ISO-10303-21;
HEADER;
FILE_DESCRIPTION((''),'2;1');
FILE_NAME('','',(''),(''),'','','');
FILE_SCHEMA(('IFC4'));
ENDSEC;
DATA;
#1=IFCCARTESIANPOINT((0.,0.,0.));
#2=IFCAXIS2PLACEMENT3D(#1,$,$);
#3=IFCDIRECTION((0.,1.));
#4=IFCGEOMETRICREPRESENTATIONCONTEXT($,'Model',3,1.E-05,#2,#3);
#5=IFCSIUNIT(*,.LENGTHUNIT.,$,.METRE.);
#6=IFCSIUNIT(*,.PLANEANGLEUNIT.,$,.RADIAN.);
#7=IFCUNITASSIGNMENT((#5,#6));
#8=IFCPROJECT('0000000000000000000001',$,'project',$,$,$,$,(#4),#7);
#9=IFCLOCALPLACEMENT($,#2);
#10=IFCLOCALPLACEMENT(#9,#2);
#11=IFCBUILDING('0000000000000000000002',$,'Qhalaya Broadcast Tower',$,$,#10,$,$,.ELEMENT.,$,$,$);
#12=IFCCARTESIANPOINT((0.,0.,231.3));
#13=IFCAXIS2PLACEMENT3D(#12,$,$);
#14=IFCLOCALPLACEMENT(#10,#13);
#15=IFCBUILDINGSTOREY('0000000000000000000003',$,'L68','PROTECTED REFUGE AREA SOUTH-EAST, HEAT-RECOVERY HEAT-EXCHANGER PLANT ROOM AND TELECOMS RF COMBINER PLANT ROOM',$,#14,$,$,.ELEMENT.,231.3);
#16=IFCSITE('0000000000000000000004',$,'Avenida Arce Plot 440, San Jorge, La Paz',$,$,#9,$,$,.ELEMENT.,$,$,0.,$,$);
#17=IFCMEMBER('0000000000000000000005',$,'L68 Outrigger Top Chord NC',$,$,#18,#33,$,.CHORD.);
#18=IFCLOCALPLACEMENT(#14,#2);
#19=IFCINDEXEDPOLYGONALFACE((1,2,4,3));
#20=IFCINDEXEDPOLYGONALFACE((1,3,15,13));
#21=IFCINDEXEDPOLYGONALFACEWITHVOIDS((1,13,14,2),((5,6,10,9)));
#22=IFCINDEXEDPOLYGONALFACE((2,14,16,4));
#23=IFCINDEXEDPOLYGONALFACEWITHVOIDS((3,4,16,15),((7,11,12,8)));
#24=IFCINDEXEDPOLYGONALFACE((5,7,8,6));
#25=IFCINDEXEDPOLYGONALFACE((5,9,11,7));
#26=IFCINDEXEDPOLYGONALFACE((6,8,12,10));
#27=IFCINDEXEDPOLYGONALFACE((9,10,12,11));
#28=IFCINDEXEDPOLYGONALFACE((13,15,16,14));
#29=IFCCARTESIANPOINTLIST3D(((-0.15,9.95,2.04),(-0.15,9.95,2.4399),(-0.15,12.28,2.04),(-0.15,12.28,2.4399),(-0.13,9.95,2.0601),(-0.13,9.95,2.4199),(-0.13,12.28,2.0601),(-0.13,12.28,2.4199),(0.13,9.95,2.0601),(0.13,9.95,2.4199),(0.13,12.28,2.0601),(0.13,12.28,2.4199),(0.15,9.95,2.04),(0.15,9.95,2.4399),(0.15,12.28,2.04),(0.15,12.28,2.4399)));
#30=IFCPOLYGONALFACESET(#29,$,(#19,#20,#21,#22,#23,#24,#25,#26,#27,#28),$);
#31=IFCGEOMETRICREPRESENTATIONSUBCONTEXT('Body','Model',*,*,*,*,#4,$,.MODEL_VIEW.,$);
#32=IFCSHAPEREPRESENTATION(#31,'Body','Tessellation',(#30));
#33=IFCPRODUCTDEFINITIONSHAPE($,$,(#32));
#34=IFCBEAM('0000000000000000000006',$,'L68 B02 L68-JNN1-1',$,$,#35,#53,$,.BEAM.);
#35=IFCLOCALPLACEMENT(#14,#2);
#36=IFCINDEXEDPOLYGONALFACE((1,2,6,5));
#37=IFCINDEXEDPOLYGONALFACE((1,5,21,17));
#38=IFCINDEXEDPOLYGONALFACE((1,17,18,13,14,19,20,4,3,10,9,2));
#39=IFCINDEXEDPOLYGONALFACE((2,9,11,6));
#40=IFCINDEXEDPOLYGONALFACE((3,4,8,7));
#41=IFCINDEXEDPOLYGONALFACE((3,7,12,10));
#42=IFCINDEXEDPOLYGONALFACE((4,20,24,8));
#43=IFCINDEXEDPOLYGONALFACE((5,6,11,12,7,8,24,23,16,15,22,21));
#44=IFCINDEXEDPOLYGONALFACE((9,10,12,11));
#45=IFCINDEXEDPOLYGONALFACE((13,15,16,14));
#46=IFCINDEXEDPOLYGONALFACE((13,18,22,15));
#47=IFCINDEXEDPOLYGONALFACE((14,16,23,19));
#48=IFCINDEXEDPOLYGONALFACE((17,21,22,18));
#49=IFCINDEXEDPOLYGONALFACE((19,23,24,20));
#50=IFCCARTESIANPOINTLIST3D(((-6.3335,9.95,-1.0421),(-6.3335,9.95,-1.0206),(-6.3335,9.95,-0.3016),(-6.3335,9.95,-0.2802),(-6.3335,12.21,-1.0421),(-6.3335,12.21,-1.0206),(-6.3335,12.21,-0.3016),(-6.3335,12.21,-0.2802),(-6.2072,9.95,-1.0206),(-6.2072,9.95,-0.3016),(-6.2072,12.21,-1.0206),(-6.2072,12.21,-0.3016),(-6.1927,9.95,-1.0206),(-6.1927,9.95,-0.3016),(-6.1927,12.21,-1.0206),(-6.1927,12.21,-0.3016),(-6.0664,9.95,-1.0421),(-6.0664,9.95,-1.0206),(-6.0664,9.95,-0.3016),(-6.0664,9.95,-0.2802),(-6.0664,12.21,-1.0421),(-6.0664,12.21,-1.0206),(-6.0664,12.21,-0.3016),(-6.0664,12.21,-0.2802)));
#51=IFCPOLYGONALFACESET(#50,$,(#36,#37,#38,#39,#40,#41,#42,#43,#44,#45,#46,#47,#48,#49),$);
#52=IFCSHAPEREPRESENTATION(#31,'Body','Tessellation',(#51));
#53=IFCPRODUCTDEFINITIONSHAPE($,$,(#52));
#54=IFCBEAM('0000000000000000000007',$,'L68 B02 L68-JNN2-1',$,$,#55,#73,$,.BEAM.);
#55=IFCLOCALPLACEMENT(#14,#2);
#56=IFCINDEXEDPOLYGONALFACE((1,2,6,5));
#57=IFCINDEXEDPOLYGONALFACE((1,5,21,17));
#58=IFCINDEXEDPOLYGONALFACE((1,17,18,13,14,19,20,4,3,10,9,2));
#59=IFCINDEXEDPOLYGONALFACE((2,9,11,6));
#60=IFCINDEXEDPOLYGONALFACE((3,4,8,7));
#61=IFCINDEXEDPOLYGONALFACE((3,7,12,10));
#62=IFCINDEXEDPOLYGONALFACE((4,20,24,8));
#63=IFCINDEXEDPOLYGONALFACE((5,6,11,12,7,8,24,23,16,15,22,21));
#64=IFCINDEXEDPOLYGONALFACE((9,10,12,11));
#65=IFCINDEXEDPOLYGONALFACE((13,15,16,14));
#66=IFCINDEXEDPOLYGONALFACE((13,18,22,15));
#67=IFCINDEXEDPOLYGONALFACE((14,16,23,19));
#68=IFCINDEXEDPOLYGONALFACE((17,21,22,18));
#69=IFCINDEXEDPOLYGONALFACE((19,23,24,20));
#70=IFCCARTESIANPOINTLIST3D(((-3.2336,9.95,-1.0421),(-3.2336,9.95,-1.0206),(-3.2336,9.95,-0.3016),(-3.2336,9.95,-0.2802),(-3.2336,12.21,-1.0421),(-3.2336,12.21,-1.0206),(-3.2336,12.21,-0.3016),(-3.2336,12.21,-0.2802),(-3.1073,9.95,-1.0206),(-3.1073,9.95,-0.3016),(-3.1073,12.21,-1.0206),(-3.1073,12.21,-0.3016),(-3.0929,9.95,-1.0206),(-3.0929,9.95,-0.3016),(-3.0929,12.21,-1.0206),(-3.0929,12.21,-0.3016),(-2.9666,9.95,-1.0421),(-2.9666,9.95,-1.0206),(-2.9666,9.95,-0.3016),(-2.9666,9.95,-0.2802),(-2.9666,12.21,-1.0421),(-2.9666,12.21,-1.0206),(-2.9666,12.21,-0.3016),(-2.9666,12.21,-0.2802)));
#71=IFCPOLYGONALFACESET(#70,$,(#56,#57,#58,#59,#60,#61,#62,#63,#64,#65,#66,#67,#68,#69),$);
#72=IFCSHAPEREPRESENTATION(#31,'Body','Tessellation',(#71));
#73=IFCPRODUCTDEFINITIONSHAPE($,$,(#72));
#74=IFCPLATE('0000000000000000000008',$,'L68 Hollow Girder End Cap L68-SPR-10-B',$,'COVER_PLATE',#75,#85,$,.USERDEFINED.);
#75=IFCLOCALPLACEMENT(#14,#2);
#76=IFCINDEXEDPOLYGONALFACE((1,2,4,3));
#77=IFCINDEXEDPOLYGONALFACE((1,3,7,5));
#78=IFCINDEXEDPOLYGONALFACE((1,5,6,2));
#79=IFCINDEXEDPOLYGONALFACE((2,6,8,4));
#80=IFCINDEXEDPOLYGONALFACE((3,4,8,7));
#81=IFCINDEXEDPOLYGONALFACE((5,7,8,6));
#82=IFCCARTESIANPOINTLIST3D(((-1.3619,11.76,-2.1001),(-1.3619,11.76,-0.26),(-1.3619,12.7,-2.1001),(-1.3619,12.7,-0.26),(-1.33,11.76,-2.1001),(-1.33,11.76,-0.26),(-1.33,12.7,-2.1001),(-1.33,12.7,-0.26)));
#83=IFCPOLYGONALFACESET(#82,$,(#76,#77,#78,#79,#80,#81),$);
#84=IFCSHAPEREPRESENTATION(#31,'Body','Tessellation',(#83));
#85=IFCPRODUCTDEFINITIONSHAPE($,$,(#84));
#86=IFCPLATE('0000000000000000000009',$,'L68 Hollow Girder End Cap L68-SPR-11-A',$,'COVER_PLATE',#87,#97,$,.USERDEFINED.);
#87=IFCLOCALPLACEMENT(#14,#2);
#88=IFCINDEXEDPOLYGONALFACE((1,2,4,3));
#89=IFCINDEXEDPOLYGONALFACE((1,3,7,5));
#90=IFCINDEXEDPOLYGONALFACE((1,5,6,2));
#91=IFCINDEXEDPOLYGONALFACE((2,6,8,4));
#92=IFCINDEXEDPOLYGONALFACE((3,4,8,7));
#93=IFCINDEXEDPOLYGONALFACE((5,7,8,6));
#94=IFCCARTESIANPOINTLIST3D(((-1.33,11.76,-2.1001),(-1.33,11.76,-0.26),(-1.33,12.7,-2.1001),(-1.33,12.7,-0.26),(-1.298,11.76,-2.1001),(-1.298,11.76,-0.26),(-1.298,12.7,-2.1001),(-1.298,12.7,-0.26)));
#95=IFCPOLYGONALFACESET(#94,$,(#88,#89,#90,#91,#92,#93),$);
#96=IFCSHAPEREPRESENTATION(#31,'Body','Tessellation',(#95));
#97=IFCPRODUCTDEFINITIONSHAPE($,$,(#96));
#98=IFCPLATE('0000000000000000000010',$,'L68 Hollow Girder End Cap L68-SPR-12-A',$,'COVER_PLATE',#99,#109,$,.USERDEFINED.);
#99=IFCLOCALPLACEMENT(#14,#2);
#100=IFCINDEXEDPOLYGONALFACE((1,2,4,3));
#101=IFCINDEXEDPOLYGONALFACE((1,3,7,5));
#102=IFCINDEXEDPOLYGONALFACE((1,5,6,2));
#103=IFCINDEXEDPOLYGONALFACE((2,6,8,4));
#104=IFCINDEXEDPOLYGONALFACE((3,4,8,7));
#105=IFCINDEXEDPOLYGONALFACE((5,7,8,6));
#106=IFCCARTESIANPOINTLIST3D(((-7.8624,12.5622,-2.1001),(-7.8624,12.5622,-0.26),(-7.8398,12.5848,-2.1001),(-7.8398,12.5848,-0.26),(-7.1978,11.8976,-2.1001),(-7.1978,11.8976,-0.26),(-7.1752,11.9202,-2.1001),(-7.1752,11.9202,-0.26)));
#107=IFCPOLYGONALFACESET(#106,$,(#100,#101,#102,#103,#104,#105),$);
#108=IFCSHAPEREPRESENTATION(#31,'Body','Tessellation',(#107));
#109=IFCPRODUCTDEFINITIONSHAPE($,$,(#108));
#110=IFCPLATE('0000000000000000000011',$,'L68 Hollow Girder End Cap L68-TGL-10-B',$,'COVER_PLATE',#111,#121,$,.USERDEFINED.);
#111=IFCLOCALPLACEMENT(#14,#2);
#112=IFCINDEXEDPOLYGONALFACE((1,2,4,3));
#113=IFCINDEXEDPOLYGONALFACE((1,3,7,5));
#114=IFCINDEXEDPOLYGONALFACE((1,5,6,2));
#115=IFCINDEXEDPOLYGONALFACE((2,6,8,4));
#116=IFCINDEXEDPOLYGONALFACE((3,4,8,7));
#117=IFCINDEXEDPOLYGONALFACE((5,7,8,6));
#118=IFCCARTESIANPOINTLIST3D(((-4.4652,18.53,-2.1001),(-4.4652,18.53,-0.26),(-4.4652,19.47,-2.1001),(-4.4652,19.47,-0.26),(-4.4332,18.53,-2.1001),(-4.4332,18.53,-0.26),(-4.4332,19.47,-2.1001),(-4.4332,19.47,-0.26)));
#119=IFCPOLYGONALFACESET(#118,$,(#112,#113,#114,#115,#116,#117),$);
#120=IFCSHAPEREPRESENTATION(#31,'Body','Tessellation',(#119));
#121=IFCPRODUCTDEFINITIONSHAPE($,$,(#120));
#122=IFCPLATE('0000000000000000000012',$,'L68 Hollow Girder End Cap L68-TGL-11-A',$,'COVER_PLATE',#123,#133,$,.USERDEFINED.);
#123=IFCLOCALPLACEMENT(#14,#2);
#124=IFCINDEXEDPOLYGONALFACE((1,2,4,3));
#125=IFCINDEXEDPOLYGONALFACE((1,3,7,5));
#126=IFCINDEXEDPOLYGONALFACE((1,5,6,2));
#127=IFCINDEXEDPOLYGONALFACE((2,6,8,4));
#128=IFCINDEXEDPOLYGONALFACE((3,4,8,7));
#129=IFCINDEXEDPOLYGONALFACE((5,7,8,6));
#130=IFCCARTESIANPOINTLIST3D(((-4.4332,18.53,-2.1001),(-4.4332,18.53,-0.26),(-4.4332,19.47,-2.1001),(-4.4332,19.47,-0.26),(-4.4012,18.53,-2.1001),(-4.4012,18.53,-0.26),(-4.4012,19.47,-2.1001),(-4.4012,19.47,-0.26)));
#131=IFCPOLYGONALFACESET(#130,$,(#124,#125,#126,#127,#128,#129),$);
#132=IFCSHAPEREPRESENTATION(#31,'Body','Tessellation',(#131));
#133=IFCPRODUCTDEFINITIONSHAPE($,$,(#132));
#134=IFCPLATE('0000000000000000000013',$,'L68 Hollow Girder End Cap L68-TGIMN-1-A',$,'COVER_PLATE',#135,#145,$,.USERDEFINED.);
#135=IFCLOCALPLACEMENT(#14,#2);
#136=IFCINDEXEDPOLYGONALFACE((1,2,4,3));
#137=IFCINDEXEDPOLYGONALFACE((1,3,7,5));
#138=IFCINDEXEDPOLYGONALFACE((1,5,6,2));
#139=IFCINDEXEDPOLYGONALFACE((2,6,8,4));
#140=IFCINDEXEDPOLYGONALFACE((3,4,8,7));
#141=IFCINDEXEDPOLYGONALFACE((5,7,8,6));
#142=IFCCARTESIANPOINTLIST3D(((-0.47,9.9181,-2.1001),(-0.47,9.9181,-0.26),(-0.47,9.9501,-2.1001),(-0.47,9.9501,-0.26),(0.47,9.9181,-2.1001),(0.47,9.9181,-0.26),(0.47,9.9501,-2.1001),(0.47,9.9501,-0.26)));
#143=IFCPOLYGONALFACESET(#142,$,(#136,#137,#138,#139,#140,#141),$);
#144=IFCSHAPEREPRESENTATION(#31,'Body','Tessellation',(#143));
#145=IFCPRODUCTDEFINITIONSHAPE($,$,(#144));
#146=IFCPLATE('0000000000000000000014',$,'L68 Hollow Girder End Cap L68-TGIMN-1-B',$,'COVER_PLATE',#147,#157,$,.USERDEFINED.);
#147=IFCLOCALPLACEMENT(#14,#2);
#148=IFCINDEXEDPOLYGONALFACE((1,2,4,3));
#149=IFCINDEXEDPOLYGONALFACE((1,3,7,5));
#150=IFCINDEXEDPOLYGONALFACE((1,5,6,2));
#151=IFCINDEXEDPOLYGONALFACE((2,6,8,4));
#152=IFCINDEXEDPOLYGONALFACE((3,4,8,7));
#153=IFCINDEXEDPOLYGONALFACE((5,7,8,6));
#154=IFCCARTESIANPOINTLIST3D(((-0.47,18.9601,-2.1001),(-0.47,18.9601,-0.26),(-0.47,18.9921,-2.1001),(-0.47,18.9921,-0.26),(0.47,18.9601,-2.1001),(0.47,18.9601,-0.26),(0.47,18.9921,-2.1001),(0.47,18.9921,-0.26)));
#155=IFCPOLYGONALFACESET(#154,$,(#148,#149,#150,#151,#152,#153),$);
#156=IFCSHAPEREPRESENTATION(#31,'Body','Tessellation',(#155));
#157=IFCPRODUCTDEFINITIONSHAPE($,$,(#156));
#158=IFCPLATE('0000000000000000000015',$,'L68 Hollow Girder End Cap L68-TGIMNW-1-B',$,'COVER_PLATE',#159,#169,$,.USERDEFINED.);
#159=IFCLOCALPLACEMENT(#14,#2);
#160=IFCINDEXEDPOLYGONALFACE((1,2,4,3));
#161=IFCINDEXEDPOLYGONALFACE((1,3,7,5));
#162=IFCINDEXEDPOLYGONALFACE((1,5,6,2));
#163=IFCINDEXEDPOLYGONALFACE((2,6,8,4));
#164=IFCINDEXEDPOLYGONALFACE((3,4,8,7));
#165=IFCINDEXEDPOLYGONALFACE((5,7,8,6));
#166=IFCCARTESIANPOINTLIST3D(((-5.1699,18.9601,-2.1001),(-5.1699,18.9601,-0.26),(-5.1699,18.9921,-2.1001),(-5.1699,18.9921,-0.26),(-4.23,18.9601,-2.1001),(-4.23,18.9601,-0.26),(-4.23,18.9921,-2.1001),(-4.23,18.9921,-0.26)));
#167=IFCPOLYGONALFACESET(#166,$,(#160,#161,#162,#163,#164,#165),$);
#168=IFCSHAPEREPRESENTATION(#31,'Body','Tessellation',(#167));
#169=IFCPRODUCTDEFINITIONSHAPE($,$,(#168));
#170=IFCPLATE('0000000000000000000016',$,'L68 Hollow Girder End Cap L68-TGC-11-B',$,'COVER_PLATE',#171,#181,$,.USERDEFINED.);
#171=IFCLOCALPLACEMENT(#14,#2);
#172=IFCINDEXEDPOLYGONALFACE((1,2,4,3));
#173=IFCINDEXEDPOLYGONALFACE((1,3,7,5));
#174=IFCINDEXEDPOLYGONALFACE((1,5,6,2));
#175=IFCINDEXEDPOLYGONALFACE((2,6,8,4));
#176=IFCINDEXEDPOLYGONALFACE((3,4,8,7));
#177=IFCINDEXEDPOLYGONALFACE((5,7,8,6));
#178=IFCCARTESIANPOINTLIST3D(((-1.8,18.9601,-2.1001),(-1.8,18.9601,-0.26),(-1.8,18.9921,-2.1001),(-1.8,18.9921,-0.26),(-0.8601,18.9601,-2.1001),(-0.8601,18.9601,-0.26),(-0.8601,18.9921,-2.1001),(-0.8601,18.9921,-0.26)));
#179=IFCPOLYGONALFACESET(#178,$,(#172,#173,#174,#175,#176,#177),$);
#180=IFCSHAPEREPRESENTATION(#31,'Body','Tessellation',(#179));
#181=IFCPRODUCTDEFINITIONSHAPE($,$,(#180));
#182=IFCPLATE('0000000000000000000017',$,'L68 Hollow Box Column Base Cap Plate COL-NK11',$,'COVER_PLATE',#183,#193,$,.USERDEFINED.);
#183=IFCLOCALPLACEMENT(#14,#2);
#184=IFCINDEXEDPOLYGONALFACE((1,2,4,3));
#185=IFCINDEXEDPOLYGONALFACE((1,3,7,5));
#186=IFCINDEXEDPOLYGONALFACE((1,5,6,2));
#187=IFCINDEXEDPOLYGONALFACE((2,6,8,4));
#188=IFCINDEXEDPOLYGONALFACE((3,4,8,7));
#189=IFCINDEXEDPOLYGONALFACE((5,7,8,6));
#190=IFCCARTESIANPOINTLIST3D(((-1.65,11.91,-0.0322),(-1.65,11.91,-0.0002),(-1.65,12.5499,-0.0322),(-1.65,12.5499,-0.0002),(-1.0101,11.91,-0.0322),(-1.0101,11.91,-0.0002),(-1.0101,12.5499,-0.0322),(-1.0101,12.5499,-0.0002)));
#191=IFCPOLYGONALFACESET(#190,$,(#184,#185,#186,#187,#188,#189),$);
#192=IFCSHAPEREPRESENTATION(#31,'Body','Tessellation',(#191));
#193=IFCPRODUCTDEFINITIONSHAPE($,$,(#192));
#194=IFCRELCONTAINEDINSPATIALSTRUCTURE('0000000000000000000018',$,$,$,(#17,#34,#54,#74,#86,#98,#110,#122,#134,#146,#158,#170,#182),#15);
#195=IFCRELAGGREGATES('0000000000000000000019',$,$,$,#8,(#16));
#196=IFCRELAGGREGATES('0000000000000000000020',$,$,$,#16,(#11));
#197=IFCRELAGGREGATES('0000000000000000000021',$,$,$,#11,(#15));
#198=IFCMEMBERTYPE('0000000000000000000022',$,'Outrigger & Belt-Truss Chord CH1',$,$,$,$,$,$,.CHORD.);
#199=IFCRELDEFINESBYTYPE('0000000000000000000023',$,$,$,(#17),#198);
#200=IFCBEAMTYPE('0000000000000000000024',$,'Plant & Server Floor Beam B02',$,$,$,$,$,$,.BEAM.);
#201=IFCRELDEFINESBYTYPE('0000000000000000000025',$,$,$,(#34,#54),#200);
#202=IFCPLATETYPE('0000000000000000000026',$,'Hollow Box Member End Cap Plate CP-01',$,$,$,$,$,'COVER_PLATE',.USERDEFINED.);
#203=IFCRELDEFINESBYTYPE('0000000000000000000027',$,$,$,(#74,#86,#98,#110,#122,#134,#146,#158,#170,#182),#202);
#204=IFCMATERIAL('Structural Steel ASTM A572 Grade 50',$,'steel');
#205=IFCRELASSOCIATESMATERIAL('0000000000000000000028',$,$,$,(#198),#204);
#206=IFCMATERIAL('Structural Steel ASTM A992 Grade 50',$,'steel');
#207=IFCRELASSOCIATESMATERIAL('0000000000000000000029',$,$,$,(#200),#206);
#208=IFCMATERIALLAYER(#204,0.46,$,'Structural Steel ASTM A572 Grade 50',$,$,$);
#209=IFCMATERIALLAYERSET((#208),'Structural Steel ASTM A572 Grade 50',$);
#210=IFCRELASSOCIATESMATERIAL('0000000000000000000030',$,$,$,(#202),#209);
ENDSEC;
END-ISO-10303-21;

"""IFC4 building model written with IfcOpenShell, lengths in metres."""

from ifc_helpers import new_model, si_unit, direction, frame, origin, origin_2d, place, context, subcontext, project, spatial, rectangle, hollow_rectangle, i_section, extrude, material, layer, layer_set, material_profile, profile_set, type_object, element, save


model = new_model("IFC4")

# Units and contexts
model_context = context("Model", 3, precision=1e-05, world=origin(), true_north=direction((0.0, 1.0)))
body_context = subcontext(model_context, "Body", "Model", "MODEL_VIEW")
ifc_project = project(units=[si_unit("LENGTHUNIT", "METRE"), si_unit("PLANEANGLEUNIT", "RADIAN")], contexts=[model_context])

# Site, building, storey
site_placement = place(None, origin())
site = spatial("IfcSite", under=ifc_project, at=site_placement, Name="Avenida Arce Plot 440, San Jorge, La Paz", CompositionType="ELEMENT", RefElevation=0.0)
building_placement = place(site_placement, origin())
building = spatial("IfcBuilding", under=site, at=building_placement, Name="Qhalaya Broadcast Tower", CompositionType="ELEMENT")
storey_placement = place(building_placement, frame((0.0, 0.0, 231.3)))
storey = spatial("IfcBuildingStorey", under=building, at=storey_placement, Name="L68", Description="PROTECTED REFUGE AREA SOUTH-EAST, HEAT-RECOVERY HEAT-EXCHANGER PLANT ROOM AND TELECOMS RF COMBINER PLANT ROOM", CompositionType="ELEMENT", Elevation=231.3)

# Shared definitions
ifc_material_1 = material(Name="Structural Steel ASTM A572 Grade 50", Category="steel")

# Member
ifc_material_profile_1 = material_profile(ifc_material_1, hollow_rectangle(XDim=0.3, YDim=0.3999, WallThickness=0.02, at=origin_2d()), Name="HSS 300x400x20")
ifc_profile_set_1 = profile_set([ifc_material_profile_1], Name="Structural Steel ASTM A572 Grade 50")
member_type_1 = type_object("IfcMemberType", Name="Outrigger & Belt-Truss Chord CH1", PredefinedType="CHORD", material=ifc_profile_set_1)
for number, where, z_axis, x_axis, name in (
    (1, (0.0, 9.95, 2.24), (0.0, 1.0, 0.0), (-1.0, 0.0, 0.0), "L68 Outrigger Top Chord NC"),
):
    element("IfcMember", number, at=place(storey_placement, frame(where, z_axis=z_axis, x_axis=x_axis)), inside=storey, type_object=member_type_1, Name=name, PredefinedType="CHORD", context=body_context, shape_type="SweptSolid", body=[
        extrude(hollow_rectangle(XDim=0.3, YDim=0.3999, WallThickness=0.02, at=origin_2d()), origin(), (0.0, 0.0, 1.0), 2.3301),
    ])

# Beams
ifc_material_2 = material(Name="Structural Steel ASTM A992 Grade 50", Category="steel")
ifc_material_profile_2 = material_profile(ifc_material_2, i_section(OverallWidth=0.2671, OverallDepth=0.762, WebThickness=0.0144, FlangeThickness=0.0215, at=origin_2d()), Name="W30X116")
ifc_profile_set_2 = profile_set([ifc_material_profile_2], Name="Structural Steel ASTM A992 Grade 50")
beam_type_1 = type_object("IfcBeamType", Name="Plant & Server Floor Beam B02", PredefinedType="BEAM", material=ifc_profile_set_2)
for number, where, z_axis, x_axis, name in (
    (2, (-6.2, 9.95, -0.6611), (0.0, 1.0, 0.0), (-1.0, 0.0, 0.0), "L68 B02 L68-JNN1-1"),
    (3, (-3.1001, 9.95, -0.6611), (0.0, 1.0, 0.0), (-1.0, 0.0, 0.0), "L68 B02 L68-JNN2-1"),
):
    element("IfcBeam", number, at=place(storey_placement, frame(where, z_axis=z_axis, x_axis=x_axis)), inside=storey, type_object=beam_type_1, Name=name, PredefinedType="BEAM", context=body_context, shape_type="SweptSolid", body=[
        extrude(i_section(OverallWidth=0.2671, OverallDepth=0.762, WebThickness=0.0144, FlangeThickness=0.0215, at=origin_2d()), origin(), (0.0, 0.0, 1.0), 2.26),
    ])

# Plates
ifc_layer_1 = layer(ifc_material_1, 0.46, Name="Structural Steel ASTM A572 Grade 50")
ifc_layer_set_1 = layer_set([ifc_layer_1], Name="Structural Steel ASTM A572 Grade 50")
plate_type = type_object("IfcPlateType", Name="Hollow Box Member End Cap Plate CP-01", ElementType="COVER_PLATE", PredefinedType="USERDEFINED", material=ifc_layer_set_1)
for number, where, z_axis, x_axis, name in (
    (4, (-1.3459, 12.23, -2.1001), (0.0, 0.0, 1.0), (0.0, -1.0, 0.0), "L68 Hollow Girder End Cap L68-SPR-10-B"),
    (5, (-1.314, 12.23, -2.1001), (0.0, 0.0, 1.0), (0.0, -1.0, 0.0), "L68 Hollow Girder End Cap L68-SPR-11-A"),
    (6, (-7.5188, 12.2412, -2.1001), (0.0, 0.0, 1.0), (0.707107, -0.707107, 0.0), "L68 Hollow Girder End Cap L68-SPR-12-A"),
    (7, (-4.4492, 19.0, -2.1001), (0.0, 0.0, 1.0), (0.0, -1.0, 0.0), "L68 Hollow Girder End Cap L68-TGL-10-B"),
    (8, (-4.4172, 19.0, -2.1001), (0.0, 0.0, 1.0), (0.0, -1.0, 0.0), "L68 Hollow Girder End Cap L68-TGL-11-A"),
    (9, (0.0, 9.9341, -2.1001), (0.0, 0.0, 1.0), (-1.0, 0.0, 0.0), "L68 Hollow Girder End Cap L68-TGIMN-1-A"),
    (10, (0.0, 18.9761, -2.1001), (0.0, 0.0, 1.0), (-1.0, 0.0, 0.0), "L68 Hollow Girder End Cap L68-TGIMN-1-B"),
    (11, (-4.7, 18.9761, -2.1001), (0.0, 0.0, 1.0), (-1.0, 0.0, 0.0), "L68 Hollow Girder End Cap L68-TGIMNW-1-B"),
    (12, (-1.3301, 18.9761, -2.1001), (0.0, 0.0, 1.0), (-1.0, 0.0, 0.0), "L68 Hollow Girder End Cap L68-TGC-11-B"),
):
    element("IfcPlate", number, at=place(storey_placement, frame(where, z_axis=z_axis, x_axis=x_axis)), inside=storey, type_object=plate_type, Name=name, ObjectType="COVER_PLATE", PredefinedType="USERDEFINED", context=body_context, shape_type="SweptSolid", body=[
        extrude(rectangle(XDim=0.9399, YDim=0.032, at=origin_2d()), origin(), (0.0, 0.0, 1.0), 1.8401),
    ])
plate_placement = place(storey_placement, frame((-1.3301, 12.23, -0.0322), z_axis=(0.0, 0.0, 1.0), x_axis=(1.0, 0.0, 0.0)))
element("IfcPlate", 13, at=plate_placement, inside=storey, type_object=plate_type, Name="L68 Hollow Box Column Base Cap Plate COL-NK11", ObjectType="COVER_PLATE", PredefinedType="USERDEFINED", context=body_context, shape_type="SweptSolid", body=[
    extrude(rectangle(XDim=0.6399, YDim=0.6399, at=origin_2d()), origin(), (0.0, 0.0, 1.0), 0.032),
])

save(model, "model.ifc")
